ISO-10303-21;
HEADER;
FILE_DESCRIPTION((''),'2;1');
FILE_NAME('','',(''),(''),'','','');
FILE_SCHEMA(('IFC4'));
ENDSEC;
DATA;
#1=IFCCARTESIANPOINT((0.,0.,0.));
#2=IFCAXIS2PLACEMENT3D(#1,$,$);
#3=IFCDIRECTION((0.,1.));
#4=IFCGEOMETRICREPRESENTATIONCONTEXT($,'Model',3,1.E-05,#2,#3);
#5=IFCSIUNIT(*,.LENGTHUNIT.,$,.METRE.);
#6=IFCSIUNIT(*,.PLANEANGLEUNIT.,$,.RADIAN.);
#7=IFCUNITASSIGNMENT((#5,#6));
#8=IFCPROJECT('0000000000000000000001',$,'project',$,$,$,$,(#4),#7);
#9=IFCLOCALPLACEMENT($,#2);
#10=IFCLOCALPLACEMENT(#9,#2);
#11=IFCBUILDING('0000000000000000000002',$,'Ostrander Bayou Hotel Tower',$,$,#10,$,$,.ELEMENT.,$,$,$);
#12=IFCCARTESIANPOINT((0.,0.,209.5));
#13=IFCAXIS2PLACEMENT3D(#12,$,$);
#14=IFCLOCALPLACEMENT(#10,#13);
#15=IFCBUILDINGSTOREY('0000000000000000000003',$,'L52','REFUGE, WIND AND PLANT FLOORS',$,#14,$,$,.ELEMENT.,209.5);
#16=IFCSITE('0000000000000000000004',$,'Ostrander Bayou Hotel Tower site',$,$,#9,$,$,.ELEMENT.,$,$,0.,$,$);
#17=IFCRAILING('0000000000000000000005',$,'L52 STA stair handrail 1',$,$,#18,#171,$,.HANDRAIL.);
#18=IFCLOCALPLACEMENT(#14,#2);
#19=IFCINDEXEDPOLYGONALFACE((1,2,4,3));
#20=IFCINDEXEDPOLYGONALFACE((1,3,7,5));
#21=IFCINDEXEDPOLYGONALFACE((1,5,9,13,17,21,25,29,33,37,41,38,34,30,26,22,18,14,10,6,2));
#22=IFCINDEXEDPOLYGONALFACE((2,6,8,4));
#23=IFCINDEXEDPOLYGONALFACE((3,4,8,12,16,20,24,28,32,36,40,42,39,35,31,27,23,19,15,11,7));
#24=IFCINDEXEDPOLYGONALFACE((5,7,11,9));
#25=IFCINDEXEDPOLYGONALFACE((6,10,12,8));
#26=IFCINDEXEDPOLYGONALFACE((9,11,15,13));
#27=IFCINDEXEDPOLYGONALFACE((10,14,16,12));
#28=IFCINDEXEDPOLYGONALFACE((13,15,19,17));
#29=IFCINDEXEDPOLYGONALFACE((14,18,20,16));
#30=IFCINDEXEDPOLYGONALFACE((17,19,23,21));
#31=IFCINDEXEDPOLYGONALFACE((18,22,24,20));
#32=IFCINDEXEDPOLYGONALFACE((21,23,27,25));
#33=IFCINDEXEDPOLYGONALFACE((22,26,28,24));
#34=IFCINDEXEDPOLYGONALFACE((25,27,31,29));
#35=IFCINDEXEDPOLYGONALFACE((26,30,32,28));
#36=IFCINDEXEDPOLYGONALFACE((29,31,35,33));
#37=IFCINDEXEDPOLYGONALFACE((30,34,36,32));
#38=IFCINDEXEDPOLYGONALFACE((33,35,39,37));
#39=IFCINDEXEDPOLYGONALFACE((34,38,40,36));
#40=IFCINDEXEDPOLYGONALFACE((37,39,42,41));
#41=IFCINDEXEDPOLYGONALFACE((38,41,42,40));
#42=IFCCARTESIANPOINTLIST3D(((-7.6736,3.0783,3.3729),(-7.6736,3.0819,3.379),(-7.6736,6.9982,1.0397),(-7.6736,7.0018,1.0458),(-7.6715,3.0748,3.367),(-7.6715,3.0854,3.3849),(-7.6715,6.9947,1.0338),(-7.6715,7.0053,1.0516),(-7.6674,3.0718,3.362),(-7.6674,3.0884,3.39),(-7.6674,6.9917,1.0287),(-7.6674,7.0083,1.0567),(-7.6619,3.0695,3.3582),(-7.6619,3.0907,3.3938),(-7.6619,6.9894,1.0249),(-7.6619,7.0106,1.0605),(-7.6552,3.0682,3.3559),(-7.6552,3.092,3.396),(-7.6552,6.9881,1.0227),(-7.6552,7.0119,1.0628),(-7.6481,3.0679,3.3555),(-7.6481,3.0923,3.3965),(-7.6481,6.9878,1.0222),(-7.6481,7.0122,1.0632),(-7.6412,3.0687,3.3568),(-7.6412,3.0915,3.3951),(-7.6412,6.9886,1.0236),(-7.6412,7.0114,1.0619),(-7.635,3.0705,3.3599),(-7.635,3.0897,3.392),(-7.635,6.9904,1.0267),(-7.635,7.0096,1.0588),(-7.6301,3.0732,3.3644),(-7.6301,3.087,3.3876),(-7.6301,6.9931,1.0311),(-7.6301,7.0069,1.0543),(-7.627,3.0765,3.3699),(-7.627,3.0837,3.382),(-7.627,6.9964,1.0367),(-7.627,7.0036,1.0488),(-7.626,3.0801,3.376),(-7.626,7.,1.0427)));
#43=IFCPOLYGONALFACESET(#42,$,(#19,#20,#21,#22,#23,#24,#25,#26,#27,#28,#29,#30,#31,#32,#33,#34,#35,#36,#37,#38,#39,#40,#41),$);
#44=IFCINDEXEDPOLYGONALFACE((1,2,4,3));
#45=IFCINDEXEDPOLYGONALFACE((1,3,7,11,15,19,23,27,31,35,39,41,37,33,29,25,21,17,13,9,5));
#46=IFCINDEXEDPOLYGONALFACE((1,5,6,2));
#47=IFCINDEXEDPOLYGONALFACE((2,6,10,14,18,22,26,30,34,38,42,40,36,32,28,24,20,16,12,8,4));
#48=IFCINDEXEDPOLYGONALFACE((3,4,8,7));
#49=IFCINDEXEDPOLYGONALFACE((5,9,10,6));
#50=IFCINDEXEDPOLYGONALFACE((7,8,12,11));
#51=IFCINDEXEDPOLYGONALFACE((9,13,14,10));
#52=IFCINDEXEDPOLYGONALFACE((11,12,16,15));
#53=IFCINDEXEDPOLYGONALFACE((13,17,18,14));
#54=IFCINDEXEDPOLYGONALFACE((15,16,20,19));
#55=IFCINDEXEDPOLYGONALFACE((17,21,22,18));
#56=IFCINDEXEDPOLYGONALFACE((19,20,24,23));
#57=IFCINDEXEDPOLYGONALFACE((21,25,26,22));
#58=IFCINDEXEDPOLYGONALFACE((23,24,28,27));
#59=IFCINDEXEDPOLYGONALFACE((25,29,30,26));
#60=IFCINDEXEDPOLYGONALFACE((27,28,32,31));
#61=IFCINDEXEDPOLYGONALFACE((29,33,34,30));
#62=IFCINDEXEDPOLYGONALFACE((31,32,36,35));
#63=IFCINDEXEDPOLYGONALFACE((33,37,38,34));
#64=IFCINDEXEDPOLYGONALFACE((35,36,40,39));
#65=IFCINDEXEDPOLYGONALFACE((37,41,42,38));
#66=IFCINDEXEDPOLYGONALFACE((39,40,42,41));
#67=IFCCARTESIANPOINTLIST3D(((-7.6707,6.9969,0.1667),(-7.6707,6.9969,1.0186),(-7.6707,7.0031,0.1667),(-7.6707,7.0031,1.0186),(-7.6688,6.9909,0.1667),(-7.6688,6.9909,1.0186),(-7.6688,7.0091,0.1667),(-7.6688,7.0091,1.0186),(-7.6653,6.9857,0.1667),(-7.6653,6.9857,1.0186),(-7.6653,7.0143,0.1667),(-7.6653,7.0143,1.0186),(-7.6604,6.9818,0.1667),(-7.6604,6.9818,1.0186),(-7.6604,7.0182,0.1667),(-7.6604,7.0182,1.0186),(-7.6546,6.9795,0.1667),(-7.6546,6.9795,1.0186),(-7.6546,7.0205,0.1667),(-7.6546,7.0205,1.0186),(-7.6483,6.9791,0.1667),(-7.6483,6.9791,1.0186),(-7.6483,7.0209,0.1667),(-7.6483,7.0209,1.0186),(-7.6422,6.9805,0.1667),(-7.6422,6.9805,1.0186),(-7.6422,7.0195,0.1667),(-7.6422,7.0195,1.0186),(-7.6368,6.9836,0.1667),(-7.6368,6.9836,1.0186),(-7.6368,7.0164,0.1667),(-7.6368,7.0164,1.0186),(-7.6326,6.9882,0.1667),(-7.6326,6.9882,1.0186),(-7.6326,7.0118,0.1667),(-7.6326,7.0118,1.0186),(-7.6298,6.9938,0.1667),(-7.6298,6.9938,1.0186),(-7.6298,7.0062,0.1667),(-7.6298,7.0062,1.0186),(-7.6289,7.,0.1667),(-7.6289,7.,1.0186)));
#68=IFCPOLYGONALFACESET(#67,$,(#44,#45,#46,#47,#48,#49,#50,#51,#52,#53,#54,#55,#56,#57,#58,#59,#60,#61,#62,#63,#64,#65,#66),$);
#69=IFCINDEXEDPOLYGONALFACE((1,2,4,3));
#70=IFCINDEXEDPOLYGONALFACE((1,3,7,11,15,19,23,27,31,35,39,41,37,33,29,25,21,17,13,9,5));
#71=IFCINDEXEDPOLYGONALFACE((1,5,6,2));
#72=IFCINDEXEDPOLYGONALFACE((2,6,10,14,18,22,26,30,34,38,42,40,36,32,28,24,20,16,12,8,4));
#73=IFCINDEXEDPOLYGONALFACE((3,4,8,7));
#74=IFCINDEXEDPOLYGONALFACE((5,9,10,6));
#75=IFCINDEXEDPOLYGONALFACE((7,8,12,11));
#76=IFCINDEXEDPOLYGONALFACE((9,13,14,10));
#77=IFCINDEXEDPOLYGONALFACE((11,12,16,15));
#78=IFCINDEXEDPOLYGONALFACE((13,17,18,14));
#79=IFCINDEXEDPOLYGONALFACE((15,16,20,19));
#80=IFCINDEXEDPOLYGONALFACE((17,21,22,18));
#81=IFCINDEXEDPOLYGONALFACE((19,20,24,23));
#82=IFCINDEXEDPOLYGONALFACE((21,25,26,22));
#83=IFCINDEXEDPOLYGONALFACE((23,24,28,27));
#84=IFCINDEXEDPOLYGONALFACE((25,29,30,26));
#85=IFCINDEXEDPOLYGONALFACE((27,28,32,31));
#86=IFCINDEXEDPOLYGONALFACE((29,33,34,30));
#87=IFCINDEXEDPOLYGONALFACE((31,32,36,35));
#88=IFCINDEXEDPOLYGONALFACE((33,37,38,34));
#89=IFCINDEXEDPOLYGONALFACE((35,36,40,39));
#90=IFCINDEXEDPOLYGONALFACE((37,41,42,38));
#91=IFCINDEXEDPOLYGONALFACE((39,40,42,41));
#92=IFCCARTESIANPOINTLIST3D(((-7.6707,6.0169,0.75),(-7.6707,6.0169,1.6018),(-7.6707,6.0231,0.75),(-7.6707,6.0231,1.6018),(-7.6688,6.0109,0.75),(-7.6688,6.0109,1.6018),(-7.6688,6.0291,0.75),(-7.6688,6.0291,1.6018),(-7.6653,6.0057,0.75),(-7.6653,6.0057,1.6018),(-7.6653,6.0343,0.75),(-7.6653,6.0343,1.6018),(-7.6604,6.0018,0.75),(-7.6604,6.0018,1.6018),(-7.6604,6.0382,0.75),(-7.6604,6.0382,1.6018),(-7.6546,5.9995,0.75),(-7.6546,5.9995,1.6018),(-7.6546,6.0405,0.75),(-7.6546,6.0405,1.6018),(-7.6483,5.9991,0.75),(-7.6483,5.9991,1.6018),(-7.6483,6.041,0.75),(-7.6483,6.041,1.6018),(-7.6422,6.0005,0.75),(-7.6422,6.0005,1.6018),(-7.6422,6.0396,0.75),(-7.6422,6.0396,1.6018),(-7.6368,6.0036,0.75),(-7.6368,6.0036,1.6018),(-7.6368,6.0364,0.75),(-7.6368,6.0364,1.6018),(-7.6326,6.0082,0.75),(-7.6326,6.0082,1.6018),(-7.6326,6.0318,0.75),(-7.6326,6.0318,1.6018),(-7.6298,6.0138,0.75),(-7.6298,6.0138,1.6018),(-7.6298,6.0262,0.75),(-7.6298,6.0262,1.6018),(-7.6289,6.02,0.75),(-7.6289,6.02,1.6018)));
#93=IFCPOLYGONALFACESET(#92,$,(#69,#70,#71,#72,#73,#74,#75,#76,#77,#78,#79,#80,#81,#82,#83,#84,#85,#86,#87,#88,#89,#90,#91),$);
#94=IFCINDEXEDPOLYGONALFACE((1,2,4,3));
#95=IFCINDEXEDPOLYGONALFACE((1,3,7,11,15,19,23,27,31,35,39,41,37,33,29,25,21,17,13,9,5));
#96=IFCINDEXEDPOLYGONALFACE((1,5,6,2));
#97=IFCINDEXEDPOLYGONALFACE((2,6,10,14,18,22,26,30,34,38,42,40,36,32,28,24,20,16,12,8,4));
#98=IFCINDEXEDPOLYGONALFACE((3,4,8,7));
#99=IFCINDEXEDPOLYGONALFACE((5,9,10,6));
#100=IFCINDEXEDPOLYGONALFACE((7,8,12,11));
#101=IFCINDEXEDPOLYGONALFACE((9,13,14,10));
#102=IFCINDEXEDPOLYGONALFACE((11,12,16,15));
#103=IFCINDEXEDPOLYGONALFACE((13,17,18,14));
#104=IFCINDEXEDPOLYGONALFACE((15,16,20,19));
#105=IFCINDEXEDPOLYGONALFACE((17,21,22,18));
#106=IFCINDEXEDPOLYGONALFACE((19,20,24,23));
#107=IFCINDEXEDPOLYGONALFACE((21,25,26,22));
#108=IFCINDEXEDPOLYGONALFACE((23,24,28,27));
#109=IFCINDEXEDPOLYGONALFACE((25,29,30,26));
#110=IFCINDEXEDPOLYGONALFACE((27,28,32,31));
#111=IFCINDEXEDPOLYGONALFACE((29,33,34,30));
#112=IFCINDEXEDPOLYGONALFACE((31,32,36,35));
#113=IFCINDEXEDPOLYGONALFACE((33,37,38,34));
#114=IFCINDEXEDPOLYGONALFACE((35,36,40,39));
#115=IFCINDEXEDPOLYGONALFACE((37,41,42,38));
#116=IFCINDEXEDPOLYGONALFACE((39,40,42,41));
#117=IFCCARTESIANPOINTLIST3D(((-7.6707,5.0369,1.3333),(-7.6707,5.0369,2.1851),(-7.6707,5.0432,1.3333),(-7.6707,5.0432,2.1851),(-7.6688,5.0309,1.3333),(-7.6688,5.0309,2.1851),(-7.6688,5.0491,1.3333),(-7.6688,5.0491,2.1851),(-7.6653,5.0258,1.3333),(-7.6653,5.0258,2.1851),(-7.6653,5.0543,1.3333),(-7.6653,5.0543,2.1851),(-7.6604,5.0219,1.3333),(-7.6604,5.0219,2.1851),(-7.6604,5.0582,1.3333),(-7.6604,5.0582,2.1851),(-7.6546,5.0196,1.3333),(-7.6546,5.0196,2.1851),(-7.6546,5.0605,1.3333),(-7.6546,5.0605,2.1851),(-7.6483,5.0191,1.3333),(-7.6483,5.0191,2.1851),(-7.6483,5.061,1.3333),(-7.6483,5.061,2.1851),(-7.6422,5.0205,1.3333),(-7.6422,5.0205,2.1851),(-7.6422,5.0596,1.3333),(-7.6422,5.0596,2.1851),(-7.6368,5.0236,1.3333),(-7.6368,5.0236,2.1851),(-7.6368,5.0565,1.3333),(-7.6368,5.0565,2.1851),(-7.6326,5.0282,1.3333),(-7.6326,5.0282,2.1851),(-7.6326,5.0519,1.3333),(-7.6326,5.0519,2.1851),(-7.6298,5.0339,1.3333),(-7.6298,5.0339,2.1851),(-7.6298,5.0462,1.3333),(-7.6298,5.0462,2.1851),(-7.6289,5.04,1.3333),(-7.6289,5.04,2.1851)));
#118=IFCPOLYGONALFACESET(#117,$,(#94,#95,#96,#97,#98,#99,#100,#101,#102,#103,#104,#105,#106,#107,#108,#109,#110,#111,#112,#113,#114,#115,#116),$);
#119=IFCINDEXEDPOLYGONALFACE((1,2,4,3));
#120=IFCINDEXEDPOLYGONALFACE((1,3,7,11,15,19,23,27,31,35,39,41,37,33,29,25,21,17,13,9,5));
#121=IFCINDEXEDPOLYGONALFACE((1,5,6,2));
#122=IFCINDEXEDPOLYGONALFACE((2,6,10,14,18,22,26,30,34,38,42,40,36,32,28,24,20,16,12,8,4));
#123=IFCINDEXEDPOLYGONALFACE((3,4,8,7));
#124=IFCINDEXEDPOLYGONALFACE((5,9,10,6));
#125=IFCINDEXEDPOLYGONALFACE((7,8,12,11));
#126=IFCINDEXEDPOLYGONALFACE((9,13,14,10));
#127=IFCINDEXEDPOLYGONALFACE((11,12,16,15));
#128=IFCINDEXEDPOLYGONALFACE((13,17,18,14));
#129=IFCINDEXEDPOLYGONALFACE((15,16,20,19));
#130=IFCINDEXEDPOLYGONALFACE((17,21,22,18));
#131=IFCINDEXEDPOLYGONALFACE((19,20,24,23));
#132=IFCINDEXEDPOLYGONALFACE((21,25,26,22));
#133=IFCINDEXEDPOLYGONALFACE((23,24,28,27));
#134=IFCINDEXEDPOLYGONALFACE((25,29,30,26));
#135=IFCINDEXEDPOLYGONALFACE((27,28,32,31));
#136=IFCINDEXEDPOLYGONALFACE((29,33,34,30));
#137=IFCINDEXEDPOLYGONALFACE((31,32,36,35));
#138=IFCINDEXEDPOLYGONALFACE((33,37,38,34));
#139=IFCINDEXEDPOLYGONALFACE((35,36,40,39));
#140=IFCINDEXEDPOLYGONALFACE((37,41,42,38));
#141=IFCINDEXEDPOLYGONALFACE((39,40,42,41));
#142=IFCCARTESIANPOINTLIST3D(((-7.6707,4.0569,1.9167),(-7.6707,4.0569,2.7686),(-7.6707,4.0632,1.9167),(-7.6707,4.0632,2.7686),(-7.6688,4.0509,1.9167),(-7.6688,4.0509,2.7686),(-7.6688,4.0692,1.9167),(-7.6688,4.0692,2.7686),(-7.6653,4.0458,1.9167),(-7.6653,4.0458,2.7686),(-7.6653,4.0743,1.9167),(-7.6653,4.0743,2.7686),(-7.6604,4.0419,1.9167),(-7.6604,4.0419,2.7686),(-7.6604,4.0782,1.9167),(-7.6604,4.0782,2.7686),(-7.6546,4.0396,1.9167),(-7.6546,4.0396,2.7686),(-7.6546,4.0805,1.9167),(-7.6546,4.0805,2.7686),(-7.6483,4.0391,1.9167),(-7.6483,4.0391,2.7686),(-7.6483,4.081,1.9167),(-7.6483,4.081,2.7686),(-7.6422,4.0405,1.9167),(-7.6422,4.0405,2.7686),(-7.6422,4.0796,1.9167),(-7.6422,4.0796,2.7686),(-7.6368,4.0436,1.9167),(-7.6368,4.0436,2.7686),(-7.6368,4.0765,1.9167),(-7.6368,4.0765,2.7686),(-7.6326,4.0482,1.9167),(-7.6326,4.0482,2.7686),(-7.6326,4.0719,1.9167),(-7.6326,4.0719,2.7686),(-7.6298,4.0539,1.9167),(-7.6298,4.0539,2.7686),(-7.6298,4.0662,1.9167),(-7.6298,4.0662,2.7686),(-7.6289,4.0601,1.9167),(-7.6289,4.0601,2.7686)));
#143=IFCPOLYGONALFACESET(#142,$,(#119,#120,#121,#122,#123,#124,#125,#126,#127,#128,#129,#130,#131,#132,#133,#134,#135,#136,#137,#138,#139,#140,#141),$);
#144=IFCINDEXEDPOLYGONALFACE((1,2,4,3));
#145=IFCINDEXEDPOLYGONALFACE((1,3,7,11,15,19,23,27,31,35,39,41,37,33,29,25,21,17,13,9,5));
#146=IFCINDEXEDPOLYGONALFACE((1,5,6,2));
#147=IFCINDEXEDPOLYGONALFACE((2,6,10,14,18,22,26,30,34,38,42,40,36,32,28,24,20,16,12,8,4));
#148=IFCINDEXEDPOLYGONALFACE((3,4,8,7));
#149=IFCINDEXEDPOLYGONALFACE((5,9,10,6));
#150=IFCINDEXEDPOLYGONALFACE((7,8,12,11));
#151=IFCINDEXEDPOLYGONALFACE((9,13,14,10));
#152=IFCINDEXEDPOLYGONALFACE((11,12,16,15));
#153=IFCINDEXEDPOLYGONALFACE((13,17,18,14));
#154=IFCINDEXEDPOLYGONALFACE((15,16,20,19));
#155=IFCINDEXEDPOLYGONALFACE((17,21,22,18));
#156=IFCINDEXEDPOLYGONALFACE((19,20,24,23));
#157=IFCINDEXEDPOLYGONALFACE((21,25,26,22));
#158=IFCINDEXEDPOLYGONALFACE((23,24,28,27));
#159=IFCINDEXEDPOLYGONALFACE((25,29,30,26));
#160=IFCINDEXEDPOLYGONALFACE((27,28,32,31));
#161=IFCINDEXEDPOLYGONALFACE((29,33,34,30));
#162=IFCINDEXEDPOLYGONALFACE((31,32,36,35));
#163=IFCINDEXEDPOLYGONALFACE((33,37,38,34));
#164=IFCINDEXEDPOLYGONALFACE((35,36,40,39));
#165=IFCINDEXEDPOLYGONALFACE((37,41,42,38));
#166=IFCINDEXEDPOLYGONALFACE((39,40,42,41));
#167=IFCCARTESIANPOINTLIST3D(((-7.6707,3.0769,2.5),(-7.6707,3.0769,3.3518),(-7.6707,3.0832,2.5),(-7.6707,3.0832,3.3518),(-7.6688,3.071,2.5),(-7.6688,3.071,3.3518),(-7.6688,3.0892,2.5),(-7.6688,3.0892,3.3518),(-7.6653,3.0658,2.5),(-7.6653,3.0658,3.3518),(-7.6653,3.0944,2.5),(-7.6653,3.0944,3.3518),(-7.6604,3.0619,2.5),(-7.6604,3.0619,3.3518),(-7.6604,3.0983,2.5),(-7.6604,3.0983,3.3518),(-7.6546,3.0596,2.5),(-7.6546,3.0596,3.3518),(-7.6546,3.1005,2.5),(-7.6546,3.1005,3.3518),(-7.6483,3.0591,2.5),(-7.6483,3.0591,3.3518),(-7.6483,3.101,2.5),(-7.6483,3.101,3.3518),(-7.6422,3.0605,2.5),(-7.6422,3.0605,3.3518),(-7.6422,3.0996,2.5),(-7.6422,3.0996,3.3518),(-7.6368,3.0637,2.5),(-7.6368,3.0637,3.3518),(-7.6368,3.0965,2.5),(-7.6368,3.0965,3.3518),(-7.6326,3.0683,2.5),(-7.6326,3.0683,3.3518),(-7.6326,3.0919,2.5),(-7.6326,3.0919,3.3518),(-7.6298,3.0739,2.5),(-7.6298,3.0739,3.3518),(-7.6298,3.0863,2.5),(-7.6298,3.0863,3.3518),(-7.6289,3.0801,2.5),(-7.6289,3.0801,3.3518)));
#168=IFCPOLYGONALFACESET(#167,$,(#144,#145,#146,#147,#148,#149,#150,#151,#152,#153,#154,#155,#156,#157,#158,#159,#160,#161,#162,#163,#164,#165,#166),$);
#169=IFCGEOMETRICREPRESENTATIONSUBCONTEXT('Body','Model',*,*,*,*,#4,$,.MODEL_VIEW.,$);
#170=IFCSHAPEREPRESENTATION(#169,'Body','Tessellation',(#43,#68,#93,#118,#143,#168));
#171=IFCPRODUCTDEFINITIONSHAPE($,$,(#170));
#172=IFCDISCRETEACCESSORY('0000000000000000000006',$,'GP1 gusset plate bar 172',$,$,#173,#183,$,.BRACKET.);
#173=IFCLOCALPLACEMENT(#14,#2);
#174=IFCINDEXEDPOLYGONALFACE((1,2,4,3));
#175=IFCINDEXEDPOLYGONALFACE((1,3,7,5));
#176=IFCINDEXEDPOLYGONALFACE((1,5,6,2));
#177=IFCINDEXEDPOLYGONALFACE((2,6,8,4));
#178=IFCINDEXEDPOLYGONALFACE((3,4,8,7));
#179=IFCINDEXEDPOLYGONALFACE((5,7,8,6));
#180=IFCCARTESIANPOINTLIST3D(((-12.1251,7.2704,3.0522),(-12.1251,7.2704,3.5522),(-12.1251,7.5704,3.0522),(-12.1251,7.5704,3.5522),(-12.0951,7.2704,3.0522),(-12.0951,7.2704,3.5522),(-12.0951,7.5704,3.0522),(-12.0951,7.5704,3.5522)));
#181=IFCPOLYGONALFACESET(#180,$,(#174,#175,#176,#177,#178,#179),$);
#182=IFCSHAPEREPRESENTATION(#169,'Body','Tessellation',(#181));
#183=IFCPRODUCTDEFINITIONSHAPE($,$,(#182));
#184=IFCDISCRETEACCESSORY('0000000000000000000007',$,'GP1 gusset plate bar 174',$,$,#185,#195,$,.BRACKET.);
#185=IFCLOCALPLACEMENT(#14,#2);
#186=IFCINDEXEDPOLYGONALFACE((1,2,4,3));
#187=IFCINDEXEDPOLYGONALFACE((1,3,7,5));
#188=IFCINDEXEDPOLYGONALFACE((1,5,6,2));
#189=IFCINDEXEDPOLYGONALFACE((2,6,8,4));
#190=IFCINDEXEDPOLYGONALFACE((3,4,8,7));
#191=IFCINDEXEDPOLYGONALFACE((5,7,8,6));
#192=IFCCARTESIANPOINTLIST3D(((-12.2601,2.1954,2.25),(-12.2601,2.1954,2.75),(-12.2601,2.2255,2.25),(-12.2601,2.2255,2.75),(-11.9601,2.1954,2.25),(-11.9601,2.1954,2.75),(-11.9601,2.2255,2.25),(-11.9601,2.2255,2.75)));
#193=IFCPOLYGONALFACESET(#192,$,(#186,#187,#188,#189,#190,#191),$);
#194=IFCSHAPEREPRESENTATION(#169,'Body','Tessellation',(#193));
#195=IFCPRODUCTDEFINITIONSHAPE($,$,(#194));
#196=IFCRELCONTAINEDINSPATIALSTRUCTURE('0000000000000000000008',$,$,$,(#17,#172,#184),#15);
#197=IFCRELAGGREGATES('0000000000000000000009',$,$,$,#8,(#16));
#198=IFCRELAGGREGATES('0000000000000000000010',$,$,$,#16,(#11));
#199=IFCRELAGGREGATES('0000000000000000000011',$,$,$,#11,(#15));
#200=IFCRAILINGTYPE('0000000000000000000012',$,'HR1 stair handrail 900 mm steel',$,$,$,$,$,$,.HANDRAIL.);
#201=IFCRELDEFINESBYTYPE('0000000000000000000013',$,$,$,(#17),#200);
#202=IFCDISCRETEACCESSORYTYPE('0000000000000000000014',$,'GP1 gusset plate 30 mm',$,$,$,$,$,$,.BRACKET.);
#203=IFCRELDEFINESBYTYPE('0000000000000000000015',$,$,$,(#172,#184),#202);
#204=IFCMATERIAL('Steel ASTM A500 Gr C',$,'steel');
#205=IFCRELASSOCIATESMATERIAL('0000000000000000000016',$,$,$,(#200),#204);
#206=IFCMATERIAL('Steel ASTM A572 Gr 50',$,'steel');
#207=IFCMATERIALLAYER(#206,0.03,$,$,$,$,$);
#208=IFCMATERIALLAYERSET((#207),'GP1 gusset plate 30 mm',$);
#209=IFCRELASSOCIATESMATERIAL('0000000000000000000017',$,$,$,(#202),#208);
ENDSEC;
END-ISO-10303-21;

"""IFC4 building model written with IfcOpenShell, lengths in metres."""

from ifc_helpers import new_model, si_unit, direction, frame, origin, origin_2d, place, context, subcontext, project, spatial, rectangle, circle, extrude, material, layer, layer_set, type_object, element, save


model = new_model("IFC4")

# Units and contexts
model_context = context("Model", 3, precision=1e-05, world=origin(), true_north=direction((0.0, 1.0)))
body_context = subcontext(model_context, "Body", "Model", "MODEL_VIEW")
ifc_project = project(units=[si_unit("LENGTHUNIT", "METRE"), si_unit("PLANEANGLEUNIT", "RADIAN")], contexts=[model_context])

# Site, building, storey
site_placement = place(None, origin())
site = spatial("IfcSite", under=ifc_project, at=site_placement, Name="Ostrander Bayou Hotel Tower site", CompositionType="ELEMENT", RefElevation=0.0)
building_placement = place(site_placement, origin())
building = spatial("IfcBuilding", under=site, at=building_placement, Name="Ostrander Bayou Hotel Tower", CompositionType="ELEMENT")
storey_placement = place(building_placement, frame((0.0, 0.0, 209.5)))
storey = spatial("IfcBuildingStorey", under=building, at=storey_placement, Name="L52", Description="REFUGE, WIND AND PLANT FLOORS", CompositionType="ELEMENT", Elevation=209.5)

# Railing
ifc_material_1 = material(Name="Steel ASTM A500 Gr C", Category="steel")
railing_type_1 = type_object("IfcRailingType", Name="HR1 stair handrail 900 mm steel", PredefinedType="HANDRAIL", material=ifc_material_1)
railing_1_placement = place(storey_placement, frame((-7.6499, 7.0, 0.1667)))
element("IfcRailing", 1, at=railing_1_placement, inside=storey, type_object=railing_type_1, Name="L52 STA stair handrail 1", PredefinedType="HANDRAIL", context=body_context, shape_type="SweptSolid", body=[
    extrude(circle(Radius=0.0239, at=origin_2d()), frame((0.0, 0.0, 0.876), z_axis=(0.0, -0.859296, 0.511478), x_axis=(1.0, 0.0, 0.0)), (0.0, 0.0, 1.0), 4.5618),
    extrude(circle(Radius=0.021, at=origin_2d()), origin(), (0.0, 0.0, 1.0), 0.8518),
    extrude(circle(Radius=0.021, at=origin_2d()), frame((0.0, -0.98, 0.5833)), (0.0, 0.0, 1.0), 0.8518),
    extrude(circle(Radius=0.021, at=origin_2d()), frame((0.0, -1.96, 1.1665)), (0.0, 0.0, 1.0), 0.8518),
    extrude(circle(Radius=0.021, at=origin_2d()), frame((0.0, -2.9399, 1.75)), (0.0, 0.0, 1.0), 0.8518),
    extrude(circle(Radius=0.021, at=origin_2d()), frame((0.0, -3.9199, 2.3333)), (0.0, 0.0, 1.0), 0.8518),
])

# Discrete accessories
ifc_material_2 = material(Name="Steel ASTM A572 Gr 50", Category="steel")
ifc_layer_1 = layer(ifc_material_2, 0.03)
ifc_layer_set_1 = layer_set([ifc_layer_1], Name="GP1 gusset plate 30 mm")
discrete_accessory_type = type_object("IfcDiscreteAccessoryType", Name="GP1 gusset plate 30 mm", PredefinedType="BRACKET", material=ifc_layer_set_1)
for number, where, z_axis, x_axis, name in (
    (2, (-12.1101, 7.4204, 3.0522), (0.0, 0.0, 1.0), (0.0, -1.0, 0.0), "GP1 gusset plate bar 172"),
    (3, (-12.1101, 2.2104, 2.25), (0.0, 0.0, 1.0), (1.0, 0.0, 0.0), "GP1 gusset plate bar 174"),
):
    element("IfcDiscreteAccessory", number, at=place(storey_placement, frame(where, z_axis=z_axis, x_axis=x_axis)), inside=storey, type_object=discrete_accessory_type, Name=name, PredefinedType="BRACKET", context=body_context, shape_type="SweptSolid", body=[
        extrude(rectangle(XDim=0.3, YDim=0.03, at=origin_2d()), origin(), (0.0, 0.0, 1.0), 0.5),
    ])

save(model, "model.ifc")
